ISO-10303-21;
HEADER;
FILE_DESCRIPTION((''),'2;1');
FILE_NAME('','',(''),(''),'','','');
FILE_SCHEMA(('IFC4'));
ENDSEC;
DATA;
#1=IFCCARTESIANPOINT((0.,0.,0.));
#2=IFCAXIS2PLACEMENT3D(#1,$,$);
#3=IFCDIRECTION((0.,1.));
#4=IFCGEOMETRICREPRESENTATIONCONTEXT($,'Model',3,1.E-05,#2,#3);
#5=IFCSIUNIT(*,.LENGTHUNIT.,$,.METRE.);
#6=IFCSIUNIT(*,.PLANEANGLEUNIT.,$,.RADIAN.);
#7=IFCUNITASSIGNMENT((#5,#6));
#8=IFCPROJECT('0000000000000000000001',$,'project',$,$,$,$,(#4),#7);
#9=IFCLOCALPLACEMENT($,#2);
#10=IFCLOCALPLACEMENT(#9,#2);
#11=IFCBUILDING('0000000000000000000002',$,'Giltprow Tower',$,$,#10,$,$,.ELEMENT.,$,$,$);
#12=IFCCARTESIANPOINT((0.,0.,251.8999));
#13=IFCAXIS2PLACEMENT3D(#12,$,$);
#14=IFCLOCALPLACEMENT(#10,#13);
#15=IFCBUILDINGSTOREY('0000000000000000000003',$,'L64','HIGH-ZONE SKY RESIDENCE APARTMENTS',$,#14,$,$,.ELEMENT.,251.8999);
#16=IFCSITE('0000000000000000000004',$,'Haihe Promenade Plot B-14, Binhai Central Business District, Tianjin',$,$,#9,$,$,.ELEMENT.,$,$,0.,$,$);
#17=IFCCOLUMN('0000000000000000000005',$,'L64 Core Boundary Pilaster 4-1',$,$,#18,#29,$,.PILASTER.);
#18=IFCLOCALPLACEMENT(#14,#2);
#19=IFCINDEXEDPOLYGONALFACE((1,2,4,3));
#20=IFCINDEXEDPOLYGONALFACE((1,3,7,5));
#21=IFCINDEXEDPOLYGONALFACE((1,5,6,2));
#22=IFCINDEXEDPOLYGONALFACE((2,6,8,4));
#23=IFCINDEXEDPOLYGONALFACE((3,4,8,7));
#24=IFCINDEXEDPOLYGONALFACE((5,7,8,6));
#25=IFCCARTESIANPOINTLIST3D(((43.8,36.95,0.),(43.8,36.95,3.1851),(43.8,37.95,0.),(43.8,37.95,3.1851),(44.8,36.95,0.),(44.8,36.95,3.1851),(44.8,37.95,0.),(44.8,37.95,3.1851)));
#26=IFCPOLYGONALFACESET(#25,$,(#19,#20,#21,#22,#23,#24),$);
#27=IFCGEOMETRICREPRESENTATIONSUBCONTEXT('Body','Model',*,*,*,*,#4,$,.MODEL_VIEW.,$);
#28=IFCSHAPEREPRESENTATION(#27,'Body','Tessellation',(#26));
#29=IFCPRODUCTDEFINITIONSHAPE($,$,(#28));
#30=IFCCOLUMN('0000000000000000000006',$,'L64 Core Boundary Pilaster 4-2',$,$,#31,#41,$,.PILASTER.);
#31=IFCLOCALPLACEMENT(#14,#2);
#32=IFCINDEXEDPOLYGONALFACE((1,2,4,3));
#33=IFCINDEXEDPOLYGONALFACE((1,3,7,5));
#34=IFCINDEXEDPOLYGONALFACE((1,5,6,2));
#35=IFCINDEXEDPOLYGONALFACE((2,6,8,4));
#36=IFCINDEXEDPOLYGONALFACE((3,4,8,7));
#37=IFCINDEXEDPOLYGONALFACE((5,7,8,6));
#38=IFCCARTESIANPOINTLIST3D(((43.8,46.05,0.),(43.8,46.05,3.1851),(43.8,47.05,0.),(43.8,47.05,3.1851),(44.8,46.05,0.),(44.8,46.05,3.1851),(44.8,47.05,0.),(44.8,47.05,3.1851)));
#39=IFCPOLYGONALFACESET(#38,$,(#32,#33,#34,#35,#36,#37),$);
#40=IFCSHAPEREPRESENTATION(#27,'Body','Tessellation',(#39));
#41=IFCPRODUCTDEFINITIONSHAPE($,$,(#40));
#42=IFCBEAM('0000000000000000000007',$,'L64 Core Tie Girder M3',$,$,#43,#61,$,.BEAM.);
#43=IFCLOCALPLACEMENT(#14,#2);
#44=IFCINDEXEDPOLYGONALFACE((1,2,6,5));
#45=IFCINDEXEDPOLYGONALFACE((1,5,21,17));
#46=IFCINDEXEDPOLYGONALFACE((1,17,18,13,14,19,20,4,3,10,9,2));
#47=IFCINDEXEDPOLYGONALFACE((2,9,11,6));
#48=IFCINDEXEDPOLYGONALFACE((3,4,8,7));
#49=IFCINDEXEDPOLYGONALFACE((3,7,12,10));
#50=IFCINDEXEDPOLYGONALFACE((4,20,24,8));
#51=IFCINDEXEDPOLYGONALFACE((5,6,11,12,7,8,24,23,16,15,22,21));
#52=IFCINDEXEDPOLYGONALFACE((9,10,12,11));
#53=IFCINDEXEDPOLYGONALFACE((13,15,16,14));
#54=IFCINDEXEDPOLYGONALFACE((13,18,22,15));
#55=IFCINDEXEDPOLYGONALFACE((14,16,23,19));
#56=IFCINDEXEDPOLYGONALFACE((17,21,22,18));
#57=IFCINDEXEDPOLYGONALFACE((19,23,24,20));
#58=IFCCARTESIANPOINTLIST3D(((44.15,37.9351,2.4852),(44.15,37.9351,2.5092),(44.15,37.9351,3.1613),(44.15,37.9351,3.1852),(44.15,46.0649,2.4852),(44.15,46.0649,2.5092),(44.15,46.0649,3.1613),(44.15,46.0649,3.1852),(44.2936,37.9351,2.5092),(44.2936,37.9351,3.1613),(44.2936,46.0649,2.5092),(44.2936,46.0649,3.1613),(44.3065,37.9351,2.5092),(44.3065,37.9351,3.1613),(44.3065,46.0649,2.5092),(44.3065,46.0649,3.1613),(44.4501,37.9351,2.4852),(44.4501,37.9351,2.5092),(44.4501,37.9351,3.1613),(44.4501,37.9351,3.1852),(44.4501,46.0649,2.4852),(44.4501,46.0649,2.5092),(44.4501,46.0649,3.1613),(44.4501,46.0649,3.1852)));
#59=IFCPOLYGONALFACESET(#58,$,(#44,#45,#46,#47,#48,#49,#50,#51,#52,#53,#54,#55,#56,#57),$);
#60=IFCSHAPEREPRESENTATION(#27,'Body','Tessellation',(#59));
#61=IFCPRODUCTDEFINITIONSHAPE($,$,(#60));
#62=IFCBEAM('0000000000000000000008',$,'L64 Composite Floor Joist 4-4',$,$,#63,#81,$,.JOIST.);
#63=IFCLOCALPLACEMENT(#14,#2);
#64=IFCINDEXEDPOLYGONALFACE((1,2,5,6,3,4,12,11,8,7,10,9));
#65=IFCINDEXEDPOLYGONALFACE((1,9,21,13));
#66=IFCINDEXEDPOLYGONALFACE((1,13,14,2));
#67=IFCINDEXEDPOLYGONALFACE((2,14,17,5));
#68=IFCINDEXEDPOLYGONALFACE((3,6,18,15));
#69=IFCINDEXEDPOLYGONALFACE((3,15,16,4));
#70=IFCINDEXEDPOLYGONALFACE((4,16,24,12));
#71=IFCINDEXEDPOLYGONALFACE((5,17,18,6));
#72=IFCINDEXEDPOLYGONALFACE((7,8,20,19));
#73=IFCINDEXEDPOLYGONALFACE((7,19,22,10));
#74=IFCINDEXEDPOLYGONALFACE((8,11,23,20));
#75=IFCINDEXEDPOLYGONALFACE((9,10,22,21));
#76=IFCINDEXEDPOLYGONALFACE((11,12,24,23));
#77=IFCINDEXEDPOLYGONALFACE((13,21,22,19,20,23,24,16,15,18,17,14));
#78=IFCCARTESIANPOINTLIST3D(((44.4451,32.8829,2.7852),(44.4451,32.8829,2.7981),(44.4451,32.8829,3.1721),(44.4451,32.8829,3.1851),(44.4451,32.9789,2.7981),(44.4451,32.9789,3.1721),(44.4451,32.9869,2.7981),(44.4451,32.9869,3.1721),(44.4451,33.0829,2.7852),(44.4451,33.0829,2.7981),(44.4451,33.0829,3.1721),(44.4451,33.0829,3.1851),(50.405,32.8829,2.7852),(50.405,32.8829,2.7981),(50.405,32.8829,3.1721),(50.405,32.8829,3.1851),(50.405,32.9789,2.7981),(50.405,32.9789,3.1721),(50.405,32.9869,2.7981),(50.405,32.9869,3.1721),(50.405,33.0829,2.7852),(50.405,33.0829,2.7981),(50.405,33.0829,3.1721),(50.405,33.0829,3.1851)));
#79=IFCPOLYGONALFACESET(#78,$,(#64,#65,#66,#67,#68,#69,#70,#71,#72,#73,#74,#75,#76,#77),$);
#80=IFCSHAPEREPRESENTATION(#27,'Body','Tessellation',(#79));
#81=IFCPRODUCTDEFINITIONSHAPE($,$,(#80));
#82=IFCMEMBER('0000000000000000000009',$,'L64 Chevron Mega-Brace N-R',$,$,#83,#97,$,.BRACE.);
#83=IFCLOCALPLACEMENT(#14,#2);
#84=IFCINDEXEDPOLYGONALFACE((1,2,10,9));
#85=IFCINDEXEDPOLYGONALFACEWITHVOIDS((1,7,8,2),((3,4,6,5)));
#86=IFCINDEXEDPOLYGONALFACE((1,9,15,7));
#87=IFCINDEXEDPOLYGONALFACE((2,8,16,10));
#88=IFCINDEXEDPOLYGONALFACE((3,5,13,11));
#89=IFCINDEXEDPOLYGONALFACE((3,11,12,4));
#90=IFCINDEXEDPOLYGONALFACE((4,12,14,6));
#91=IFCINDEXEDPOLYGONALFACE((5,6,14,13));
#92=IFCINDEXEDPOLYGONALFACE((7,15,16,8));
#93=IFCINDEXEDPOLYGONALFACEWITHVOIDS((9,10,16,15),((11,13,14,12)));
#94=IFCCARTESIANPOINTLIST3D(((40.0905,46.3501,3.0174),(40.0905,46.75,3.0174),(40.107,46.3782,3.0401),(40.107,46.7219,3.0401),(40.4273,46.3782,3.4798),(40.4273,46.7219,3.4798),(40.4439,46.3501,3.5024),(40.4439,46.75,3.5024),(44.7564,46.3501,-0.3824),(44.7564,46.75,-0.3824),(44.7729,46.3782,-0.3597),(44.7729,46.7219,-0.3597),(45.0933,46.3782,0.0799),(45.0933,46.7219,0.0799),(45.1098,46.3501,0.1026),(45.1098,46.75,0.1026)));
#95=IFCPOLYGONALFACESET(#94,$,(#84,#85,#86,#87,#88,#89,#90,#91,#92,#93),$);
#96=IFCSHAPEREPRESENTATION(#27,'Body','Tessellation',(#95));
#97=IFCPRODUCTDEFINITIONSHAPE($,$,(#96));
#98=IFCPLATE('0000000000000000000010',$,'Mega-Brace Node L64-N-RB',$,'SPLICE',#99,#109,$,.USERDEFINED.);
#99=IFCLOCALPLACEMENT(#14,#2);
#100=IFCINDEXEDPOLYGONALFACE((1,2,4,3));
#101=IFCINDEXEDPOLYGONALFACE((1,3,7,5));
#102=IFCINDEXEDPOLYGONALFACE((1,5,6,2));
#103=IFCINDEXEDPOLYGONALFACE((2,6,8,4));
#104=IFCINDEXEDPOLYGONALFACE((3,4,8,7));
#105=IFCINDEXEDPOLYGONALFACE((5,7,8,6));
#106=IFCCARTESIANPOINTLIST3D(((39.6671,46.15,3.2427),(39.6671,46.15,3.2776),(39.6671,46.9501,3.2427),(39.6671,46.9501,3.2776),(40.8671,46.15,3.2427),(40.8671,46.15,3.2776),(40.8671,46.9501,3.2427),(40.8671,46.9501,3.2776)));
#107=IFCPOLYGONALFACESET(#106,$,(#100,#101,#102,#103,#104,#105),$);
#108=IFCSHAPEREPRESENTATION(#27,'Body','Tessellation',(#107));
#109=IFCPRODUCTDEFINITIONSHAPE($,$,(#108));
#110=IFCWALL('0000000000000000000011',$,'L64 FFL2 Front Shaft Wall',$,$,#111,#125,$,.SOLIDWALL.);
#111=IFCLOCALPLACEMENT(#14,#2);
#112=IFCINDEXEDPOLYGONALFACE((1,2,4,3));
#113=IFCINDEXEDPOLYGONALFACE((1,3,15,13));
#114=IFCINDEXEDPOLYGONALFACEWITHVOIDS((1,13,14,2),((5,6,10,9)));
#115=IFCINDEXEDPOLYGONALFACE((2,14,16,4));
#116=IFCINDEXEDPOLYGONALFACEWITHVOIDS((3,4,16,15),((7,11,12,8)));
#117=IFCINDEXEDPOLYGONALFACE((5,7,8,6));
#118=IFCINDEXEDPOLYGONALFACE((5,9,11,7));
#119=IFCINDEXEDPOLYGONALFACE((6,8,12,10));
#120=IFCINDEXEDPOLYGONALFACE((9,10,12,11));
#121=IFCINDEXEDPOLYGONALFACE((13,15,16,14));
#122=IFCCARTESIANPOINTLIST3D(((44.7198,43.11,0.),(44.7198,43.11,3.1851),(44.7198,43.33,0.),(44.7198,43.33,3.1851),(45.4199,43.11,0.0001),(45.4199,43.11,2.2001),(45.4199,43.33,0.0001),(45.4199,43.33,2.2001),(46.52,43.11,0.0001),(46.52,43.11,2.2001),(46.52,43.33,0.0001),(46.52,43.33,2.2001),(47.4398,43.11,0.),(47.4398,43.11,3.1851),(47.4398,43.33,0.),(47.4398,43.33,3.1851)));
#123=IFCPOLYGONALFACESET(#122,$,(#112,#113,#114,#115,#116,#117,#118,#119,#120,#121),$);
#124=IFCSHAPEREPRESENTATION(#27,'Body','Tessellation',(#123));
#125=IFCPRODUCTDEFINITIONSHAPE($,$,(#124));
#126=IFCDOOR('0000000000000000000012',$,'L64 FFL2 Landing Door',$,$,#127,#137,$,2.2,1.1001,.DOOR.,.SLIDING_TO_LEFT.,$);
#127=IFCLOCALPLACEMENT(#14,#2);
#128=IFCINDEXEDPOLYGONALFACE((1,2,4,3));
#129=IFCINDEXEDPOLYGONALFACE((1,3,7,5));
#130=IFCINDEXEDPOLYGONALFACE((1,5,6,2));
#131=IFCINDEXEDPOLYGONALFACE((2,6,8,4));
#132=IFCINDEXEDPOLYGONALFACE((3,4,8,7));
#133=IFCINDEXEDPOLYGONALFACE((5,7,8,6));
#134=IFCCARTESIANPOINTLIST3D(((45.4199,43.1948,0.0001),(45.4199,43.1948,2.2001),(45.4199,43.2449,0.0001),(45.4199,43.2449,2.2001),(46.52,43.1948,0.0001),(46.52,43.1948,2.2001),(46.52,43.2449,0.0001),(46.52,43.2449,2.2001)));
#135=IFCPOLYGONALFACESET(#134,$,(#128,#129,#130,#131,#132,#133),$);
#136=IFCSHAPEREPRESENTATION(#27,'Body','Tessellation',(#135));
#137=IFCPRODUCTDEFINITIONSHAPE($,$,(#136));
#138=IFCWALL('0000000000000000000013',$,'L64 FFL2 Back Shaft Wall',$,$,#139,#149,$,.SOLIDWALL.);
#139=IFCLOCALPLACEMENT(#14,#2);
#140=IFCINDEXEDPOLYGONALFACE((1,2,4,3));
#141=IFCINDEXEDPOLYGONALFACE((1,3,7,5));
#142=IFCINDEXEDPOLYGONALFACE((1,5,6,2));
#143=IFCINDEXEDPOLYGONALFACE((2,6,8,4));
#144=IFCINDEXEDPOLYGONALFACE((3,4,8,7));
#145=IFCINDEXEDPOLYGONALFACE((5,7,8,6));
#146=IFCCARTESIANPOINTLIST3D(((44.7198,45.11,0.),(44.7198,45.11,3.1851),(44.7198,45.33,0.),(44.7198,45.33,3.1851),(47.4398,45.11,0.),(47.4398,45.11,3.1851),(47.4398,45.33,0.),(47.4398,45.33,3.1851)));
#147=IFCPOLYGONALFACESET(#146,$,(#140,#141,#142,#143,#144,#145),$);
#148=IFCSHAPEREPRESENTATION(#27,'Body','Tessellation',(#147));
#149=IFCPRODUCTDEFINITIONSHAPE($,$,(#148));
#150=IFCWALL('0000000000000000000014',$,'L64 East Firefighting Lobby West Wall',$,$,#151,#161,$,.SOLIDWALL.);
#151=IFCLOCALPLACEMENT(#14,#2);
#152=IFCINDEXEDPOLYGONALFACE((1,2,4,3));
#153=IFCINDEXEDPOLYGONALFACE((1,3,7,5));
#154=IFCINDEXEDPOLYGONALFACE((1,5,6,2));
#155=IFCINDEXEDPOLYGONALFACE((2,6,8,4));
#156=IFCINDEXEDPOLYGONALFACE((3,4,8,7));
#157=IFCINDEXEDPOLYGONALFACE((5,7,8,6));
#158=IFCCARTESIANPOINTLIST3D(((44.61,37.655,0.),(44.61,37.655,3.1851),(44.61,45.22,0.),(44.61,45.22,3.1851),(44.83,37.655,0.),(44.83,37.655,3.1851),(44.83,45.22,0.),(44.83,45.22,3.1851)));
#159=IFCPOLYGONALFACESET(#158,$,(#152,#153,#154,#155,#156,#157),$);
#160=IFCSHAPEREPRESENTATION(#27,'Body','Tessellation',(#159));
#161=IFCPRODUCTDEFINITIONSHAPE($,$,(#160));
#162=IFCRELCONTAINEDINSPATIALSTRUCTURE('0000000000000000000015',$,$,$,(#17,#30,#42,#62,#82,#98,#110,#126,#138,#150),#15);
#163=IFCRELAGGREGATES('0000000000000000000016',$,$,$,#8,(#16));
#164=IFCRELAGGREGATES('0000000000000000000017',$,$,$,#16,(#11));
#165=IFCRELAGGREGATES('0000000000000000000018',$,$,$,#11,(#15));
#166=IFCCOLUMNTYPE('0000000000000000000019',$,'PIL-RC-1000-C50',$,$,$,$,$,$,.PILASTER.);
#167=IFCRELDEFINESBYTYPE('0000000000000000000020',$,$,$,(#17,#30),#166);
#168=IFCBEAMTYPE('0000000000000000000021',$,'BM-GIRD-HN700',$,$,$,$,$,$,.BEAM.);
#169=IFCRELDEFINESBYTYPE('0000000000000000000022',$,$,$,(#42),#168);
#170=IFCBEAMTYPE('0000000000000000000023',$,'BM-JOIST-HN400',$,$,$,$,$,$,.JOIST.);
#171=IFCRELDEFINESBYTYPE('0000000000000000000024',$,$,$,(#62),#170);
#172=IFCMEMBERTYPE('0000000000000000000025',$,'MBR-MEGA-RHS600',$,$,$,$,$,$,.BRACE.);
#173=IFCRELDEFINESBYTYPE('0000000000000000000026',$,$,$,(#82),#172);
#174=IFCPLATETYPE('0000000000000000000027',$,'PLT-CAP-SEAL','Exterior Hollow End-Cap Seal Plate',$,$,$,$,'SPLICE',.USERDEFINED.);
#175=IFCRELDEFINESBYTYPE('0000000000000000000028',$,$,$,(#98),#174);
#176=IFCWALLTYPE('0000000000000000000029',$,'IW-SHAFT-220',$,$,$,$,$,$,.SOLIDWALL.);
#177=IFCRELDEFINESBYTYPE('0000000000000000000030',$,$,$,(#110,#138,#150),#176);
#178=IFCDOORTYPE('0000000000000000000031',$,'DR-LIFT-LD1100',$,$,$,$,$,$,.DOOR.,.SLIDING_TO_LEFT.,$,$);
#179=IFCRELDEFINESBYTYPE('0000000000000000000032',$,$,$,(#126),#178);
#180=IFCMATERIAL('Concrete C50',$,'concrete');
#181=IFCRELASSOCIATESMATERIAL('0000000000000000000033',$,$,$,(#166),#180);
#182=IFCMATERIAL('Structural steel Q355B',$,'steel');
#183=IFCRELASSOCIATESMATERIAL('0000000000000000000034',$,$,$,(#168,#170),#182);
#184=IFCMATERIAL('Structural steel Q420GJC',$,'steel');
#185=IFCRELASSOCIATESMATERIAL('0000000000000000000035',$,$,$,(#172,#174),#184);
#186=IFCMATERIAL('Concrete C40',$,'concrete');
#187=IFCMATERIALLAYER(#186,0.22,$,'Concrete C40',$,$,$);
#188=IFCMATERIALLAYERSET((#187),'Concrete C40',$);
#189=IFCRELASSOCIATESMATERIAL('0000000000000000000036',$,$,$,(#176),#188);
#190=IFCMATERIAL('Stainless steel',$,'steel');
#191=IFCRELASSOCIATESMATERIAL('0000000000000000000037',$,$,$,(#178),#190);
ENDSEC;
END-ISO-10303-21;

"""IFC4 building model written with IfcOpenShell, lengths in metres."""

from ifc_helpers import new_model, si_unit, direction, frame, frame_2d, origin, origin_2d, place, context, subcontext, project, spatial, rectangle, hollow_rectangle, i_section, extrude, source, transform, mapped, material, layer, layer_set, material_profile, profile_set, type_object, element, fill, save


model = new_model("IFC4")

# Units and contexts
model_context = context("Model", 3, precision=1e-05, world=origin(), true_north=direction((0.0, 1.0)))
body_context = subcontext(model_context, "Body", "Model", "MODEL_VIEW")
ifc_project = project(units=[si_unit("LENGTHUNIT", "METRE"), si_unit("PLANEANGLEUNIT", "RADIAN")], contexts=[model_context])

# Site, building, storey
site_placement = place(None, origin())
site = spatial("IfcSite", under=ifc_project, at=site_placement, Name="Haihe Promenade Plot B-14, Binhai Central Business District, Tianjin", CompositionType="ELEMENT", RefElevation=0.0)
building_placement = place(site_placement, origin())
building = spatial("IfcBuilding", under=site, at=building_placement, Name="Giltprow Tower", CompositionType="ELEMENT")
storey_placement = place(building_placement, frame((0.0, 0.0, 251.8999)))
storey = spatial("IfcBuildingStorey", under=building, at=storey_placement, Name="L64", Description="HIGH-ZONE SKY RESIDENCE APARTMENTS", CompositionType="ELEMENT", Elevation=251.8999)

# Columns
ifc_material_1 = material(Name="Concrete C50", Category="concrete")
ifc_material_profile_1 = material_profile(ifc_material_1, rectangle(XDim=1.0, YDim=1.0, at=origin_2d()), Name="RC 1000x1000")
ifc_profile_set_1 = profile_set([ifc_material_profile_1], Name="Concrete C50")
column_type = type_object("IfcColumnType", Name="PIL-RC-1000-C50", PredefinedType="PILASTER", material=ifc_profile_set_1)
shared_shape_1 = source(origin(), body_context, "Body", "SweptSolid", [
    extrude(rectangle(XDim=1.0, YDim=1.0, at=origin_2d()), origin(), (0.0, 0.0, 1.0), 3.1851),
])
for number, where, z_axis, x_axis, name in (
    (1, (44.3, 37.45, 0.0), (0.0, 0.0, 1.0), (1.0, 0.0, 0.0), "L64 Core Boundary Pilaster 4-1"),
    (2, (44.3, 46.55, 0.0), (0.0, 0.0, 1.0), (1.0, 0.0, 0.0), "L64 Core Boundary Pilaster 4-2"),
):
    element("IfcColumn", number, at=place(storey_placement, frame(where, z_axis=z_axis, x_axis=x_axis)), inside=storey, type_object=column_type, Name=name, PredefinedType="PILASTER", context=body_context, shape_type="MappedRepresentation", body=[
        mapped(shared_shape_1, transform((0.0, 0.0, 0.0), x_axis=(1.0, 0.0, 0.0), y_axis=(0.0, 1.0, 0.0), z_axis=(0.0, 0.0, 1.0), scale=1.0)),
    ])

# Beams
ifc_material_2 = material(Name="Structural steel Q355B", Category="steel")
ifc_material_profile_2 = material_profile(ifc_material_2, i_section(OverallWidth=0.3, OverallDepth=0.7, WebThickness=0.0129, FlangeThickness=0.0239, at=origin_2d()), Name="HN 700x300x13x24")
ifc_profile_set_2 = profile_set([ifc_material_profile_2], Name="Structural steel Q355B")
beam_type_1 = type_object("IfcBeamType", Name="BM-GIRD-HN700", PredefinedType="BEAM", material=ifc_profile_set_2)
shared_shape_2 = source(origin(), body_context, "Body", "SweptSolid", [
    extrude(i_section(OverallWidth=0.3, OverallDepth=0.7, WebThickness=0.0129, FlangeThickness=0.0239, at=origin_2d()), origin(), (0.0, 0.0, 1.0), 8.1299),
])
beam_1_placement = place(storey_placement, frame((44.3, 37.9351, 2.8352), z_axis=(0.0, 1.0, 0.0), x_axis=(-1.0, 0.0, 0.0)))
element("IfcBeam", 3, at=beam_1_placement, inside=storey, type_object=beam_type_1, Name="L64 Core Tie Girder M3", PredefinedType="BEAM", context=body_context, shape_type="MappedRepresentation", body=[
    mapped(shared_shape_2, transform((0.0, 0.0, 0.0), x_axis=(1.0, 0.0, 0.0), y_axis=(0.0, 1.0, 0.0), z_axis=(0.0, 0.0, 1.0), scale=1.0)),
])
ifc_material_profile_3 = material_profile(ifc_material_2, i_section(OverallWidth=0.2, OverallDepth=0.3999, WebThickness=0.0081, FlangeThickness=0.0129, at=origin_2d()), Name="HN 400x200x8x13")
ifc_profile_set_3 = profile_set([ifc_material_profile_3], Name="Structural steel Q355B")
beam_type_2 = type_object("IfcBeamType", Name="BM-JOIST-HN400", PredefinedType="JOIST", material=ifc_profile_set_3)
shared_shape_3 = source(origin(), body_context, "Body", "SweptSolid", [
    extrude(i_section(OverallWidth=0.2, OverallDepth=0.3999, WebThickness=0.0081, FlangeThickness=0.0129, at=origin_2d()), origin(), (0.0, 0.0, 1.0), 5.96),
])
beam_2_placement = place(storey_placement, frame((44.4451, 32.9829, 2.9851), z_axis=(1.0, 0.0, 0.0), x_axis=(0.0, 1.0, 0.0)))
element("IfcBeam", 4, at=beam_2_placement, inside=storey, type_object=beam_type_2, Name="L64 Composite Floor Joist 4-4", PredefinedType="JOIST", context=body_context, shape_type="MappedRepresentation", body=[
    mapped(shared_shape_3, transform((0.0, 0.0, 0.0), x_axis=(1.0, 0.0, 0.0), y_axis=(0.0, 1.0, 0.0), z_axis=(0.0, 0.0, 1.0), scale=1.0)),
])

# Member
ifc_material_3 = material(Name="Structural steel Q420GJC", Category="steel")
ifc_material_profile_4 = material_profile(ifc_material_3, hollow_rectangle(XDim=0.3999, YDim=0.6001, WallThickness=0.0281, at=origin_2d()), Name="RHS 600x400x28")
ifc_profile_set_4 = profile_set([ifc_material_profile_4], Name="Structural steel Q420GJC")
member_type = type_object("IfcMemberType", Name="MBR-MEGA-RHS600", PredefinedType="BRACE", material=ifc_profile_set_4)
shared_shape_4 = source(origin(), body_context, "Body", "SweptSolid", [
    extrude(hollow_rectangle(XDim=0.3999, YDim=0.6001, WallThickness=0.0281, at=origin_2d()), origin(), (0.0, 0.0, 1.0), 5.7732),
])
member_placement = place(storey_placement, frame((44.9331, 46.55, -0.1399), z_axis=(-0.808205, 0.0, 0.588901), x_axis=(0.0, -1.0, 0.0)))
element("IfcMember", 5, at=member_placement, inside=storey, type_object=member_type, Name="L64 Chevron Mega-Brace N-R", PredefinedType="BRACE", context=body_context, shape_type="MappedRepresentation", body=[
    mapped(shared_shape_4, transform((0.0, 0.0, 0.0), x_axis=(1.0, 0.0, 0.0), y_axis=(0.0, 1.0, 0.0), z_axis=(0.0, 0.0, 1.0), scale=1.0)),
])

# Plate
plate_type = type_object("IfcPlateType", Name="PLT-CAP-SEAL", Description="Exterior Hollow End-Cap Seal Plate", ElementType="SPLICE", PredefinedType="USERDEFINED", material=ifc_material_3)
shared_shape_5 = source(origin(), body_context, "Body", "SweptSolid", [
    extrude(rectangle(XDim=1.2, YDim=0.8, at=origin_2d()), origin(), (0.0, 0.0, 1.0), 0.0349),
])
plate_placement = place(storey_placement, frame((40.2671, 46.55, 3.2427), z_axis=(0.0, 0.0, 1.0), x_axis=(1.0, 0.0, 0.0)))
element("IfcPlate", 6, at=plate_placement, inside=storey, type_object=plate_type, Name="Mega-Brace Node L64-N-RB", ObjectType="SPLICE", PredefinedType="USERDEFINED", context=body_context, shape_type="MappedRepresentation", body=[
    mapped(shared_shape_5, transform((0.0, 0.0, 0.0), x_axis=(1.0, 0.0, 0.0), y_axis=(0.0, 1.0, 0.0), z_axis=(0.0, 0.0, 1.0), scale=1.0)),
])

# Wall, opening, door
ifc_material_4 = material(Name="Concrete C40", Category="concrete")
ifc_layer_1 = layer(ifc_material_4, 0.22, Name="Concrete C40")
ifc_layer_set_1 = layer_set([ifc_layer_1], Name="Concrete C40")
wall_type_1 = type_object("IfcWallType", Name="IW-SHAFT-220", PredefinedType="SOLIDWALL", material=ifc_layer_set_1)
wall_1_placement = place(storey_placement, frame((44.72, 43.22, 0.0), z_axis=(0.0, 0.0, 1.0), x_axis=(1.0, 0.0, 0.0)))
wall_1 = element("IfcWall", 7, at=wall_1_placement, inside=storey, type_object=wall_type_1, Name="L64 FFL2 Front Shaft Wall", PredefinedType="SOLIDWALL", context=body_context, shape_type="SweptSolid", body=[
    extrude(rectangle(XDim=2.72, YDim=0.22, at=frame_2d((1.3599, 0.0))), origin(), (0.0, 0.0, 1.0), 3.1851),
])
opening_1_placement = place(wall_1_placement, frame((0.7, 0.0, 0.0)))
opening_1 = element("IfcOpeningElement", 8, at=opening_1_placement, cuts=wall_1, PredefinedType="OPENING", context=body_context, shape_type="SweptSolid", body=[
    extrude(rectangle(XDim=1.1001, YDim=2.2, at=frame_2d((0.55, 1.1001))), frame((0.0, 0.1199, 0.0), z_axis=(0.0, -1.0, 0.0), x_axis=(1.0, 0.0, 0.0)), (0.0, 0.0, 1.0), 0.24),
])
ifc_material_5 = material(Name="Stainless steel", Category="steel")
door_type_1 = type_object("IfcDoorType", Name="DR-LIFT-LD1100", OperationType="SLIDING_TO_LEFT", PredefinedType="DOOR", material=ifc_material_5)
shared_shape_6 = source(origin(), body_context, "Body", "SweptSolid", [
    extrude(rectangle(XDim=1.1001, YDim=2.2, at=frame_2d((0.55, 1.1001))), frame((0.0, 0.0249, 0.0), z_axis=(0.0, -1.0, 0.0), x_axis=(1.0, 0.0, 0.0)), (0.0, 0.0, 1.0), 0.05),
])
door_1_placement = place(opening_1_placement, origin())
door_1 = element("IfcDoor", 9, at=door_1_placement, inside=storey, type_object=door_type_1, Name="L64 FFL2 Landing Door", OperationType="SLIDING_TO_LEFT", OverallHeight=2.2, OverallWidth=1.1001, PredefinedType="DOOR", context=body_context, shape_type="MappedRepresentation", body=[
    mapped(shared_shape_6, transform((0.0, 0.0, 0.0), x_axis=(1.0, 0.0, 0.0), y_axis=(0.0, 1.0, 0.0), z_axis=(0.0, 0.0, 1.0), scale=1.0)),
])
fill(opening_1, door_1)

# Walls
wall_2_placement = place(storey_placement, frame((44.72, 45.22, 0.0), z_axis=(0.0, 0.0, 1.0), x_axis=(1.0, 0.0, 0.0)))
element("IfcWall", 10, at=wall_2_placement, inside=storey, type_object=wall_type_1, Name="L64 FFL2 Back Shaft Wall", PredefinedType="SOLIDWALL", context=body_context, shape_type="SweptSolid", body=[
    extrude(rectangle(XDim=2.72, YDim=0.22, at=frame_2d((1.3599, 0.0))), origin(), (0.0, 0.0, 1.0), 3.1851),
])
wall_3_placement = place(storey_placement, frame((44.72, 37.655, 0.0), z_axis=(0.0, 0.0, 1.0), x_axis=(0.0, 1.0, 0.0)))
element("IfcWall", 11, at=wall_3_placement, inside=storey, type_object=wall_type_1, Name="L64 East Firefighting Lobby West Wall", PredefinedType="SOLIDWALL", context=body_context, shape_type="SweptSolid", body=[
    extrude(rectangle(XDim=7.5649, YDim=0.22, at=frame_2d((3.7825, 0.0))), origin(), (0.0, 0.0, 1.0), 3.1851),
])

save(model, "model.ifc")
